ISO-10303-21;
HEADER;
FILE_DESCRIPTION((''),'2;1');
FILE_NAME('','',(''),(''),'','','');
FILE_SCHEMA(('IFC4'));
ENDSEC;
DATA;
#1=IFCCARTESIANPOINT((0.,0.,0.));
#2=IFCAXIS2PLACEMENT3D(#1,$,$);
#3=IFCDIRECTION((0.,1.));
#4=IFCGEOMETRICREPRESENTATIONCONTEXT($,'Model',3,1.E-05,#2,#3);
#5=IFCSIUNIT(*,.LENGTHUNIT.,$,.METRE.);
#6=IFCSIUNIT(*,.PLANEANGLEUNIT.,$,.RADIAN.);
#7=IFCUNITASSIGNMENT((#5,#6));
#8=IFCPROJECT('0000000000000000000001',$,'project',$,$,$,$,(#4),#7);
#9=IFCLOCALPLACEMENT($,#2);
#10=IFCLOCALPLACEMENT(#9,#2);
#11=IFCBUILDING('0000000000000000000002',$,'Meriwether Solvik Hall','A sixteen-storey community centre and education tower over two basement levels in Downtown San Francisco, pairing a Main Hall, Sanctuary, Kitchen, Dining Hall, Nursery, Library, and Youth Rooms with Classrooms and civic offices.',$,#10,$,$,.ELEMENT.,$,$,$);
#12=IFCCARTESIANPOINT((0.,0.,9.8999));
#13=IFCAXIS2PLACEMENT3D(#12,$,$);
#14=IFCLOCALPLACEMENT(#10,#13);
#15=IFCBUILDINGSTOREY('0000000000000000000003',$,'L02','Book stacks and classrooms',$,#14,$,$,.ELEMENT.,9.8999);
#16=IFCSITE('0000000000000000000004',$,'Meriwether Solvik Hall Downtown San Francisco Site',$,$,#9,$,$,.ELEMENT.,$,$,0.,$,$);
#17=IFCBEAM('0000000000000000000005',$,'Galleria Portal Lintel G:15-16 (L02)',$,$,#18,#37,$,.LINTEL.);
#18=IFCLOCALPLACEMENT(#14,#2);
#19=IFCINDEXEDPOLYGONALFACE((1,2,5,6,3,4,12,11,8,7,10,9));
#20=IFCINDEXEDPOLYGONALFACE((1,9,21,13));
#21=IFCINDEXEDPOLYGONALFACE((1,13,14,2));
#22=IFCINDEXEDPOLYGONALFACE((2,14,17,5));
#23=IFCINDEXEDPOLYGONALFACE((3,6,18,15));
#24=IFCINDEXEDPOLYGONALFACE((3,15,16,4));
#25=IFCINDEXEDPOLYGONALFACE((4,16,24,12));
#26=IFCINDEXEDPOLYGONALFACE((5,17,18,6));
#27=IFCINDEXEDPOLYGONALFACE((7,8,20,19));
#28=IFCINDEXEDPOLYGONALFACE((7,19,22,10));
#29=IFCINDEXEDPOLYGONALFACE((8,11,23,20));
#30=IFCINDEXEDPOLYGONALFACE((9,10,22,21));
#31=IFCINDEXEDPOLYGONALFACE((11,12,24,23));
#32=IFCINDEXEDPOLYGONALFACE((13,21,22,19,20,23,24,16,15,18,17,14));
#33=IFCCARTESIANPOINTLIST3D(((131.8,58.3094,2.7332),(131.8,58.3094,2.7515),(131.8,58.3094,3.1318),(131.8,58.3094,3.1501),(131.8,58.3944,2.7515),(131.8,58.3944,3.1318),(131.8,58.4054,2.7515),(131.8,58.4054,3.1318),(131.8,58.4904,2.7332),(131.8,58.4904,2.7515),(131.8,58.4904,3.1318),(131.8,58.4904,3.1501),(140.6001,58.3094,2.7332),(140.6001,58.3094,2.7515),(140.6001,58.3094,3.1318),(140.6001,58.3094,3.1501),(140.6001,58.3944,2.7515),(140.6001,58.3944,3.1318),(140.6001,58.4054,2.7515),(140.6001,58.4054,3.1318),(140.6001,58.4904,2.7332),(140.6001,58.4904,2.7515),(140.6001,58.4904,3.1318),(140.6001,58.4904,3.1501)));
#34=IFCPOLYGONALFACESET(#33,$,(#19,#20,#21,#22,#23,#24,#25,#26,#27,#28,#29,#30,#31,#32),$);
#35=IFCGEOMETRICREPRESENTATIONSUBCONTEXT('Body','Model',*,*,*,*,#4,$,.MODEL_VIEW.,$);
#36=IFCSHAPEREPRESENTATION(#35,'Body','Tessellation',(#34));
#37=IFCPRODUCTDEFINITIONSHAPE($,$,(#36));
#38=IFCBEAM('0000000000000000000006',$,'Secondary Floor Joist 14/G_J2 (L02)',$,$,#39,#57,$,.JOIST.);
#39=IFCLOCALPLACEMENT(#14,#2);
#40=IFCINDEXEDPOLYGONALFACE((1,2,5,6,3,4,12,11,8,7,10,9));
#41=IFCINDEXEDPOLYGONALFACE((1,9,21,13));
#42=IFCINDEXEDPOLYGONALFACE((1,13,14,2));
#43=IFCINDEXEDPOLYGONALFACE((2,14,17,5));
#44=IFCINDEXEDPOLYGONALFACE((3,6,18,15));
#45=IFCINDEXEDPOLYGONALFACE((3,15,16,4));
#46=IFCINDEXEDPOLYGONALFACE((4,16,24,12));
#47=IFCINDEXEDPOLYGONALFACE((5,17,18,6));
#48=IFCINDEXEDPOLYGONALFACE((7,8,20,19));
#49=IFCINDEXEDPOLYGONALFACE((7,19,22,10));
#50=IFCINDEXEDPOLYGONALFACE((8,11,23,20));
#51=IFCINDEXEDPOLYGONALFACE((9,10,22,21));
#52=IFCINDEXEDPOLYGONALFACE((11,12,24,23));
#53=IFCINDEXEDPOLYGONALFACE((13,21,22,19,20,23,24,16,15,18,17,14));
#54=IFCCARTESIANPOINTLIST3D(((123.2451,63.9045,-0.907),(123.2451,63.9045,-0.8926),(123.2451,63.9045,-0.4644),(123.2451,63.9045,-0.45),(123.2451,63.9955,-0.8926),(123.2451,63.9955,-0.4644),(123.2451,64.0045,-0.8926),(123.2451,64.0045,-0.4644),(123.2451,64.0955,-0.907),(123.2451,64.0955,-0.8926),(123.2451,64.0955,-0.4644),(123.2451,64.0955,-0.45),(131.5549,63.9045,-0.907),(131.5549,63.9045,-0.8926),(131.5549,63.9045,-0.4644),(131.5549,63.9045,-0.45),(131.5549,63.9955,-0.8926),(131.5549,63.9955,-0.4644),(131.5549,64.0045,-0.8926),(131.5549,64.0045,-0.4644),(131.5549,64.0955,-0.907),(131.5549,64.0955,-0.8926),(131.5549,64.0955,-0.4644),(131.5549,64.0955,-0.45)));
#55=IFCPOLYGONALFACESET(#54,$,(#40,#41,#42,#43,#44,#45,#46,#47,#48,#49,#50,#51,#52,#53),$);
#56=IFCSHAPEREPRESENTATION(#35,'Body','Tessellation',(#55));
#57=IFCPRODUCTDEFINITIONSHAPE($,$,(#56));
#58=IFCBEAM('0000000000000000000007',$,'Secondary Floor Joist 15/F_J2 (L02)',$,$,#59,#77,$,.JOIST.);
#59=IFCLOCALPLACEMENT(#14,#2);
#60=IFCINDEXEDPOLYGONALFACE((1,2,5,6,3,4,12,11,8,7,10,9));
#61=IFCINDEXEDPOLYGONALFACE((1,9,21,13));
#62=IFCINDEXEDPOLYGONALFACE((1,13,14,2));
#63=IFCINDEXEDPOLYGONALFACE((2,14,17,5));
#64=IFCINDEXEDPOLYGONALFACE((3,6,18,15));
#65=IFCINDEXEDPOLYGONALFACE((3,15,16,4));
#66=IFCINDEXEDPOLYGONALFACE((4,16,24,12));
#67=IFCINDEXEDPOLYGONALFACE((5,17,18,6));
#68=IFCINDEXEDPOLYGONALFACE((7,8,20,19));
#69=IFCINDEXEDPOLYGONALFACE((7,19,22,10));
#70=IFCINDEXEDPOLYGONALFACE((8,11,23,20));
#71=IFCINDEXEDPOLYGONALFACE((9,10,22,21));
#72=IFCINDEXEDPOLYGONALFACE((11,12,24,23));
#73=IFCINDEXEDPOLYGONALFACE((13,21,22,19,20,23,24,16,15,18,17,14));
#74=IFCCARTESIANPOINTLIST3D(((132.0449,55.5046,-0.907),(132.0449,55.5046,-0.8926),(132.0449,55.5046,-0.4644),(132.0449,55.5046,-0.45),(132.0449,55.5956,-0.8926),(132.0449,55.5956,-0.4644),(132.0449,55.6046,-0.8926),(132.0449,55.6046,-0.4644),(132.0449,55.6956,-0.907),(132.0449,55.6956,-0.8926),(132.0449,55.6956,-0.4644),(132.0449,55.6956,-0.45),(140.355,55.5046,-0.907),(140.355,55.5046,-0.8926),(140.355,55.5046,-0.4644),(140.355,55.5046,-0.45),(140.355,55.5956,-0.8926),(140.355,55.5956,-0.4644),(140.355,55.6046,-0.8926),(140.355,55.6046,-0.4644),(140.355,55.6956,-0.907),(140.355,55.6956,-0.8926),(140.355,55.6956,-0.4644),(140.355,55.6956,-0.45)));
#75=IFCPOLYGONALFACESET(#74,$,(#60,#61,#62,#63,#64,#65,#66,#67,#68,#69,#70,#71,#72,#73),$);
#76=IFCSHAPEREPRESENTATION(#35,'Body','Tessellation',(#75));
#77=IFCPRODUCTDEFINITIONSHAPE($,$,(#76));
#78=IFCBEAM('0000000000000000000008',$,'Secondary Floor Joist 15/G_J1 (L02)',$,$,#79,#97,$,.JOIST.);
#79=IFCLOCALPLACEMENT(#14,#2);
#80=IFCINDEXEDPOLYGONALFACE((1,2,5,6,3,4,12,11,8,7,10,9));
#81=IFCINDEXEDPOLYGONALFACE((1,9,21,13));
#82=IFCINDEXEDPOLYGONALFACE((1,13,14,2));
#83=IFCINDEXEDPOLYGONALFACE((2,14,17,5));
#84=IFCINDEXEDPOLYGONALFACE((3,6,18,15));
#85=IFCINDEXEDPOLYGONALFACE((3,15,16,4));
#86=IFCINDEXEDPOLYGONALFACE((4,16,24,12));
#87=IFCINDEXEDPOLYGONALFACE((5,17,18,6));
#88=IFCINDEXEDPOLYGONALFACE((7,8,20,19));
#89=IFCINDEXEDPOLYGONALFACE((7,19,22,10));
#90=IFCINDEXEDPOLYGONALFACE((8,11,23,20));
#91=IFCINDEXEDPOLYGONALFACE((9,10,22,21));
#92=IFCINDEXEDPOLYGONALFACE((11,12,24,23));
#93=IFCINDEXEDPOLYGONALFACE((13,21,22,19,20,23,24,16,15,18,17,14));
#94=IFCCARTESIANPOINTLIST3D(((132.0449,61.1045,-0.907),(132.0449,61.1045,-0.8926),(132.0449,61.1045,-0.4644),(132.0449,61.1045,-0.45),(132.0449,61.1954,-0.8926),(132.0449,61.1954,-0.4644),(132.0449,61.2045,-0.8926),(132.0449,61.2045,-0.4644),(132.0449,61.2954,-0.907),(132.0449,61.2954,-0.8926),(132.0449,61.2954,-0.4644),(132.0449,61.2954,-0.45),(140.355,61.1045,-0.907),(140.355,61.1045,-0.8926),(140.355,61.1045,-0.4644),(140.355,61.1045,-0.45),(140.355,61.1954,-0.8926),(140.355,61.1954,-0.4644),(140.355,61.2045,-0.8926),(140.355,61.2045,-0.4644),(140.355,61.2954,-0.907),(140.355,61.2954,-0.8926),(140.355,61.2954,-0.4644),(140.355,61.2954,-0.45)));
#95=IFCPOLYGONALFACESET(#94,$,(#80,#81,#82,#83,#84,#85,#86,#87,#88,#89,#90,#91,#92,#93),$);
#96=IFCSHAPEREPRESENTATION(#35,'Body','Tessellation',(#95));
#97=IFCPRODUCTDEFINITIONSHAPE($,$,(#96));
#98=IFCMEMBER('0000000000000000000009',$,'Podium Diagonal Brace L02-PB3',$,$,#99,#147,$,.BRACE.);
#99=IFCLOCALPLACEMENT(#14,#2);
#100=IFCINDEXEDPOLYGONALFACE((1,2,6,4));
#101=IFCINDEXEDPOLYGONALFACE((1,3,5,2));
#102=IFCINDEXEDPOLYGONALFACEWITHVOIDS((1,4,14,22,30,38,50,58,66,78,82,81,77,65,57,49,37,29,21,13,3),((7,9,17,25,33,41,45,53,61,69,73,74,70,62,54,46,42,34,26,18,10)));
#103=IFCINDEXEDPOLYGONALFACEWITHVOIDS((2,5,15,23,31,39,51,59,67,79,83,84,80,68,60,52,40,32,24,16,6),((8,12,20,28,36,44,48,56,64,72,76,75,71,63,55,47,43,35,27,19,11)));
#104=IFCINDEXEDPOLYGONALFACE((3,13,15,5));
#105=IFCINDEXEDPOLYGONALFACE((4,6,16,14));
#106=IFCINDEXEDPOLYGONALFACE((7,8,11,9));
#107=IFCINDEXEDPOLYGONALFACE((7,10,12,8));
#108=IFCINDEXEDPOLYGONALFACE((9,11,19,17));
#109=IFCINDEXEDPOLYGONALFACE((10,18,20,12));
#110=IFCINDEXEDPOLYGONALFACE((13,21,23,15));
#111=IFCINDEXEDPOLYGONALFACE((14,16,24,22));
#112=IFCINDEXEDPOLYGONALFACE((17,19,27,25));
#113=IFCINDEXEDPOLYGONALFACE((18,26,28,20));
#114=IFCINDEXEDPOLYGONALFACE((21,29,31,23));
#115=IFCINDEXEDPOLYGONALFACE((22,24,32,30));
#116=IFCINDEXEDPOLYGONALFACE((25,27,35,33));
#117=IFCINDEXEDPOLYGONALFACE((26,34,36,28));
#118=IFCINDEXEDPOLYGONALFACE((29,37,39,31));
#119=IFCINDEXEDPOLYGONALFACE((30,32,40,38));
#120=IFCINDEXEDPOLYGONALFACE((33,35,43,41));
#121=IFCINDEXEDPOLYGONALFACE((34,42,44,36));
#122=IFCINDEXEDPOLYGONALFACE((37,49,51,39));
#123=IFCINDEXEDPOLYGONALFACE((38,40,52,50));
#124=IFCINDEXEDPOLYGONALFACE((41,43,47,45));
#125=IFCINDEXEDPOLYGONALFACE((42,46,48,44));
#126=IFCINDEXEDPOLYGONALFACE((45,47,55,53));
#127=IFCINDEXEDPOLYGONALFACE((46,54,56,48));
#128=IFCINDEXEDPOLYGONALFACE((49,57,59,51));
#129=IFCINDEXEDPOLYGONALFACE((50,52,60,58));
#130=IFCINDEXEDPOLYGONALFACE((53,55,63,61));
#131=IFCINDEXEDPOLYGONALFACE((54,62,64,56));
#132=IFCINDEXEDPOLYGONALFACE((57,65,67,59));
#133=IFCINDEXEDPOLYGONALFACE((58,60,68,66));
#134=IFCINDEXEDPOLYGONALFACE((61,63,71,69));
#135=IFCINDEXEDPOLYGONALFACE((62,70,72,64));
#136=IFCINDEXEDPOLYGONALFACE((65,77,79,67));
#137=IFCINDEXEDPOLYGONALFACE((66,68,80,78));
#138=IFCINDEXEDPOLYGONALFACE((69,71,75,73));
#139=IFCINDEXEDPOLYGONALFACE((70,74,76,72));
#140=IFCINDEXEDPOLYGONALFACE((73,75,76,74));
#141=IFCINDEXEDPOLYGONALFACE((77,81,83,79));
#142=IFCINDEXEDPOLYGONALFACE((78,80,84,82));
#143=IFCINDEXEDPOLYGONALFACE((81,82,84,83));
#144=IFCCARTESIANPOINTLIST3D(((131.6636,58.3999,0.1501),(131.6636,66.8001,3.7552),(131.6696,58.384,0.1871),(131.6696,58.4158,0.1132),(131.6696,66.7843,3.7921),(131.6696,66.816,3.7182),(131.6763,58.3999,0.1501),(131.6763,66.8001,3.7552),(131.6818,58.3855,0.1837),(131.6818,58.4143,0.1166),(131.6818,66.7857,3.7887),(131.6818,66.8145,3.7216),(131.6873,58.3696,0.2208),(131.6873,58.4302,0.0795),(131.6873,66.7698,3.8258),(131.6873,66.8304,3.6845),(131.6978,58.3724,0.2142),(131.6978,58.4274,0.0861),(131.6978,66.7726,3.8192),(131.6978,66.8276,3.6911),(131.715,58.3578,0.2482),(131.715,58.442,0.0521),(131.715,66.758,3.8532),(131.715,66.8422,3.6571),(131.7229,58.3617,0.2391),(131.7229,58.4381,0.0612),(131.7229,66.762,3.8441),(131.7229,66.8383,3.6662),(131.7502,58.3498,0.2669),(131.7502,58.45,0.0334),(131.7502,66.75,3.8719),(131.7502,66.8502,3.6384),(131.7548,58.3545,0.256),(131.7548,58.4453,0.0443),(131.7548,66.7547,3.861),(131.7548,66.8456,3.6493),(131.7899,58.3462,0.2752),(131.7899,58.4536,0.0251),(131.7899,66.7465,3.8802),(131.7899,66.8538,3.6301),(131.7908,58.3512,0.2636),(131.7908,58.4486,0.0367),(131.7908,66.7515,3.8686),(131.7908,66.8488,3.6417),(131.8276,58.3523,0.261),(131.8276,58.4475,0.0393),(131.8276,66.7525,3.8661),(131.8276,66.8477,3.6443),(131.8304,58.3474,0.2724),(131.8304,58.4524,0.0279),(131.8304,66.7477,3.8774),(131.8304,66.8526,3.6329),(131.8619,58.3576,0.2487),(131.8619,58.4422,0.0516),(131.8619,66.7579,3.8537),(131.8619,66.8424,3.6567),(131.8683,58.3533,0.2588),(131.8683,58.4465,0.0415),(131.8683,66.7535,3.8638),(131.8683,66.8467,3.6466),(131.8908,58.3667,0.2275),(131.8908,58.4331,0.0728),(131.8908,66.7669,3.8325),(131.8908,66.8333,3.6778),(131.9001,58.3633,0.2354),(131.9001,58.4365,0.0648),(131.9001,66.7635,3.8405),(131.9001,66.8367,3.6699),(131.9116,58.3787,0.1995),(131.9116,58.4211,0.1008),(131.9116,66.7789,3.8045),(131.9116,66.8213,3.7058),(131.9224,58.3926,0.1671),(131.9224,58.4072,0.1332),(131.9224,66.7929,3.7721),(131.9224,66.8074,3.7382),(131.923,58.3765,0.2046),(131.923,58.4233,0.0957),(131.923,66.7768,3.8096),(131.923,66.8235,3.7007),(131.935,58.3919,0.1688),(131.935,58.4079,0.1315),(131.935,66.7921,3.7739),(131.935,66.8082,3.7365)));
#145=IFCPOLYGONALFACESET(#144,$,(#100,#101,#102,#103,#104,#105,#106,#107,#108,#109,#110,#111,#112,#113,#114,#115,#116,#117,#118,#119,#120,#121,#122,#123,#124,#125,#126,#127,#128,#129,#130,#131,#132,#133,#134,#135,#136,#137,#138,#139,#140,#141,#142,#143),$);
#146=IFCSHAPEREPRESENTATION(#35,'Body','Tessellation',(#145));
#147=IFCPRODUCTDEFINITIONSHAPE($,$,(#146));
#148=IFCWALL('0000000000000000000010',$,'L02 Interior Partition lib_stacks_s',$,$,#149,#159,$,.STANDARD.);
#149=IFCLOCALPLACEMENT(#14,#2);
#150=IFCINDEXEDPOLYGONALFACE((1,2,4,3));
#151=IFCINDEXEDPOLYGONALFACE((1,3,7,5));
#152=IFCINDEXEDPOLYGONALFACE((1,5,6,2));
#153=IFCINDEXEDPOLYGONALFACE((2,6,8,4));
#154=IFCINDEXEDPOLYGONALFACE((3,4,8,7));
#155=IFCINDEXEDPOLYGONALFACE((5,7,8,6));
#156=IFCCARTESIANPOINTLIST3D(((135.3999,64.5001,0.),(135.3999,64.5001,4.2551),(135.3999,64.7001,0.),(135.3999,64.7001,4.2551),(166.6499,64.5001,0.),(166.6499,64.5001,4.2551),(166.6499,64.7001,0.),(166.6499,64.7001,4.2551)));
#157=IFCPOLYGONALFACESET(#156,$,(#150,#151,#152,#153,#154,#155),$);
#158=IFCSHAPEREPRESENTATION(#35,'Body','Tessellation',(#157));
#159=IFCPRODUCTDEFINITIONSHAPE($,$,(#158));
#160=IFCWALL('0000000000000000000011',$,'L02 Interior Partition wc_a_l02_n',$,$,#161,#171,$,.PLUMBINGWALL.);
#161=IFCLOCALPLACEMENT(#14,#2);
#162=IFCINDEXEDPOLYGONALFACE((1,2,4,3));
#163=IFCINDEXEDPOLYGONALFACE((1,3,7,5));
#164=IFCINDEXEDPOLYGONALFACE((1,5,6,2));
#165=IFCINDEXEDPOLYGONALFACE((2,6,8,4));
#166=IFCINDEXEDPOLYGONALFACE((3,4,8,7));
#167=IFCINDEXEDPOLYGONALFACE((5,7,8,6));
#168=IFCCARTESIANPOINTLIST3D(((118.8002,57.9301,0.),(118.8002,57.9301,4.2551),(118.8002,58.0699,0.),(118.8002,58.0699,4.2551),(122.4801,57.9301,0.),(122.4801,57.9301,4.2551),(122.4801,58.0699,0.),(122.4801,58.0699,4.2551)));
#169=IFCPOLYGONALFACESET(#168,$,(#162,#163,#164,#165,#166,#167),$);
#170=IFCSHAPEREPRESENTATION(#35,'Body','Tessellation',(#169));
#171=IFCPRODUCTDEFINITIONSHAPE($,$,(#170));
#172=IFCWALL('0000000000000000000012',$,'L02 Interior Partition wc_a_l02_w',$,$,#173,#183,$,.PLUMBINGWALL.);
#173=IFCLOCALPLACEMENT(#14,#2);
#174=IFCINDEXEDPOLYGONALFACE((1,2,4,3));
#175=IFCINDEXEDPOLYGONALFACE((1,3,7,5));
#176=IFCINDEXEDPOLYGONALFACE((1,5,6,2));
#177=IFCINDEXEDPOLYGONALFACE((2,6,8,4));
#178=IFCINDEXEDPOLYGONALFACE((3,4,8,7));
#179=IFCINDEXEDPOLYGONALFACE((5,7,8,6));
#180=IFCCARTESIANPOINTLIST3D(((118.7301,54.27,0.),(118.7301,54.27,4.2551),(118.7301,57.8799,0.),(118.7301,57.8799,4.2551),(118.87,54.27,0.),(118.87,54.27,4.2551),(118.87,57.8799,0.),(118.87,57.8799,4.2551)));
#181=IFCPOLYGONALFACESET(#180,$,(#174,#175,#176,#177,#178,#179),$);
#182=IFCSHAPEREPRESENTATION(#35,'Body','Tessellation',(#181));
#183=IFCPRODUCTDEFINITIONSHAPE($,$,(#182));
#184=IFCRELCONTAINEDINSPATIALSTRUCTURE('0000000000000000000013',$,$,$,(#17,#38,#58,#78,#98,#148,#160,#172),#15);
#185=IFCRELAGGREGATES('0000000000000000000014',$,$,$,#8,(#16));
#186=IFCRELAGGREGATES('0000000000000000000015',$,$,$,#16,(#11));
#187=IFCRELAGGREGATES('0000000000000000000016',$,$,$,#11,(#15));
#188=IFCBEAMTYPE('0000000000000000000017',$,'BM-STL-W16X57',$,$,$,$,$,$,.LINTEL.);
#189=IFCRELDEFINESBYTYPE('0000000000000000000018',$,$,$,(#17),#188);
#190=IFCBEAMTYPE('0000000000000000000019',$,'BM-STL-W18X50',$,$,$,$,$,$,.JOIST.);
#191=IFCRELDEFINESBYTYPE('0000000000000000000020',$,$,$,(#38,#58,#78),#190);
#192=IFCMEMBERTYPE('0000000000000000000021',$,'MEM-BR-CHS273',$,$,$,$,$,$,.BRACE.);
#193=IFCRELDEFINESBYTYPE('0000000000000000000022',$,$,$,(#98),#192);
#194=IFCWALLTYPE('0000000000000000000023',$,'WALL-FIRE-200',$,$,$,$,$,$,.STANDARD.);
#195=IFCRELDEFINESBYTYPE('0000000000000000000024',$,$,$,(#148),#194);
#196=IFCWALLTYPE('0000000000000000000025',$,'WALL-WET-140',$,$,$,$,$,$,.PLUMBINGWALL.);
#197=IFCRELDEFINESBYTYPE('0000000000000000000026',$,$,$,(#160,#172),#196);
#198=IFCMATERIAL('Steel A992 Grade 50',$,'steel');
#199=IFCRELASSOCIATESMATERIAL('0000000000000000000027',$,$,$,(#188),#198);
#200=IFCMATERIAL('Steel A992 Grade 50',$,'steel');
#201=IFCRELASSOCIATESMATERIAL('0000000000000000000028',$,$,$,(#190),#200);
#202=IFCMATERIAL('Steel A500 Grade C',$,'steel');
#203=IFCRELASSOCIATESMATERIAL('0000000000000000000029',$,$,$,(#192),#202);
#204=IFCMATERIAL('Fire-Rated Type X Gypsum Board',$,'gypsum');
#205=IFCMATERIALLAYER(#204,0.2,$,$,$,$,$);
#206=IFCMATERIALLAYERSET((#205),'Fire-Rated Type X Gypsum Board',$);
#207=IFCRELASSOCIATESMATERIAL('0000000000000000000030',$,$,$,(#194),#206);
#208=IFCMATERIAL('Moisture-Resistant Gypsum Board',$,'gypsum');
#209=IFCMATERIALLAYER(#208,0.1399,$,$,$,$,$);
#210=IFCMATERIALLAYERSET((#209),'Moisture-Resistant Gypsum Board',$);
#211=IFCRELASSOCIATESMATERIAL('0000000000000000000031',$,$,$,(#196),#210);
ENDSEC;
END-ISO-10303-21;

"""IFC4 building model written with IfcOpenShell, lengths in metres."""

from ifc_helpers import new_model, si_unit, direction, frame, frame_2d, origin, origin_2d, place, context, subcontext, project, spatial, rectangle, hollow_circle, i_section, extrude, material, layer, layer_set, material_profile, profile_set, type_object, element, save


model = new_model("IFC4")

# Units and contexts
model_context = context("Model", 3, precision=1e-05, world=origin(), true_north=direction((0.0, 1.0)))
body_context = subcontext(model_context, "Body", "Model", "MODEL_VIEW")
ifc_project = project(units=[si_unit("LENGTHUNIT", "METRE"), si_unit("PLANEANGLEUNIT", "RADIAN")], contexts=[model_context])

# Site, building, storey
site_placement = place(None, origin())
site = spatial("IfcSite", under=ifc_project, at=site_placement, Name="Meriwether Solvik Hall Downtown San Francisco Site", CompositionType="ELEMENT", RefElevation=0.0)
building_placement = place(site_placement, origin())
building = spatial("IfcBuilding", under=site, at=building_placement, Name="Meriwether Solvik Hall", Description="A sixteen-storey community centre and education tower over two basement levels in Downtown San Francisco, pairing a Main Hall, Sanctuary, Kitchen, Dining Hall, Nursery, Library, and Youth Rooms with Classrooms and civic offices.", CompositionType="ELEMENT")
storey_placement = place(building_placement, frame((0.0, 0.0, 9.8999)))
storey = spatial("IfcBuildingStorey", under=building, at=storey_placement, Name="L02", Description="Book stacks and classrooms", CompositionType="ELEMENT", Elevation=9.8999)

# Beams
ifc_material_1 = material(Name="Steel A992 Grade 50", Category="steel")
ifc_material_profile_1 = material_profile(ifc_material_1, i_section(OverallWidth=0.1809, OverallDepth=0.417, WebThickness=0.011, FlangeThickness=0.0183, at=origin_2d()), Name="W16X57")
ifc_profile_set_1 = profile_set([ifc_material_profile_1], Name="Steel A992 Grade 50")
beam_type_1 = type_object("IfcBeamType", Name="BM-STL-W16X57", PredefinedType="LINTEL", material=ifc_profile_set_1)
beam_1_placement = place(storey_placement, frame((131.8, 58.3999, 2.9417), z_axis=(1.0, 0.0, 0.0), x_axis=(0.0, 1.0, 0.0)))
element("IfcBeam", 1, at=beam_1_placement, inside=storey, type_object=beam_type_1, Name="Galleria Portal Lintel G:15-16 (L02)", PredefinedType="LINTEL", context=body_context, shape_type="SweptSolid", body=[
    extrude(i_section(OverallWidth=0.1809, OverallDepth=0.417, WebThickness=0.011, FlangeThickness=0.0183, at=origin_2d()), origin(), (0.0, 0.0, 1.0), 8.8),
])
ifc_material_2 = material(Name="Steel A992 Grade 50", Category="steel")
ifc_material_profile_2 = material_profile(ifc_material_2, i_section(OverallWidth=0.1909, OverallDepth=0.457, WebThickness=0.009, FlangeThickness=0.0144, at=origin_2d()), Name="W18X50")
ifc_profile_set_2 = profile_set([ifc_material_profile_2], Name="Steel A992 Grade 50")
beam_type_2 = type_object("IfcBeamType", Name="BM-STL-W18X50", PredefinedType="JOIST", material=ifc_profile_set_2)
beam_2_placement = place(storey_placement, frame((123.2451, 64.0, -0.6785), z_axis=(1.0, 0.0, 0.0), x_axis=(0.0, 1.0, 0.0)))
element("IfcBeam", 2, at=beam_2_placement, inside=storey, type_object=beam_type_2, Name="Secondary Floor Joist 14/G_J2 (L02)", PredefinedType="JOIST", context=body_context, shape_type="SweptSolid", body=[
    extrude(i_section(OverallWidth=0.1909, OverallDepth=0.457, WebThickness=0.009, FlangeThickness=0.0144, at=origin_2d()), origin(), (0.0, 0.0, 1.0), 8.3098),
])
for number, where, z_axis, x_axis, name in (
    (3, (132.0449, 55.6001, -0.6785), (1.0, 0.0, 0.0), (0.0, 1.0, 0.0), "Secondary Floor Joist 15/F_J2 (L02)"),
    (4, (132.0449, 61.2, -0.6785), (1.0, 0.0, 0.0), (0.0, 1.0, 0.0), "Secondary Floor Joist 15/G_J1 (L02)"),
):
    element("IfcBeam", number, at=place(storey_placement, frame(where, z_axis=z_axis, x_axis=x_axis)), inside=storey, type_object=beam_type_2, Name=name, PredefinedType="JOIST", context=body_context, shape_type="SweptSolid", body=[
        extrude(i_section(OverallWidth=0.1909, OverallDepth=0.457, WebThickness=0.009, FlangeThickness=0.0144, at=origin_2d()), origin(), (0.0, 0.0, 1.0), 8.3101),
    ])

# Member
ifc_material_3 = material(Name="Steel A500 Grade C", Category="steel")
ifc_material_profile_3 = material_profile(ifc_material_3, hollow_circle(Radius=0.1365, WallThickness=0.0127, at=origin_2d()), Name="CHS273X12.7")
ifc_profile_set_3 = profile_set([ifc_material_profile_3], Name="Steel A500 Grade C")
member_type = type_object("IfcMemberType", Name="MEM-BR-CHS273", PredefinedType="BRACE", material=ifc_profile_set_3)
member_placement = place(storey_placement, frame((131.8, 58.3999, 0.1501), z_axis=(0.0, 0.91895, 0.394374), x_axis=(-1.0, 0.0, 0.0)))
element("IfcMember", 5, at=member_placement, inside=storey, type_object=member_type, Name="Podium Diagonal Brace L02-PB3", PredefinedType="BRACE", context=body_context, shape_type="SweptSolid", body=[
    extrude(hollow_circle(Radius=0.1365, WallThickness=0.0127, at=origin_2d()), origin(), (0.0, 0.0, 1.0), 9.1411),
])

# Walls
ifc_material_4 = material(Name="Fire-Rated Type X Gypsum Board", Category="gypsum")
ifc_layer_1 = layer(ifc_material_4, 0.2)
ifc_layer_set_1 = layer_set([ifc_layer_1], Name="Fire-Rated Type X Gypsum Board")
wall_type_1 = type_object("IfcWallType", Name="WALL-FIRE-200", PredefinedType="STANDARD", material=ifc_layer_set_1)
wall_1_placement = place(storey_placement, frame((135.3999, 64.6001, 0.0), z_axis=(0.0, 0.0, 1.0), x_axis=(1.0, 0.0, 0.0)))
element("IfcWall", 6, at=wall_1_placement, inside=storey, type_object=wall_type_1, Name="L02 Interior Partition lib_stacks_s", PredefinedType="STANDARD", context=body_context, shape_type="SweptSolid", body=[
    extrude(rectangle(XDim=31.25, YDim=0.2, at=frame_2d((15.625, 0.0))), origin(), (0.0, 0.0, 1.0), 4.2551),
])
ifc_material_5 = material(Name="Moisture-Resistant Gypsum Board", Category="gypsum")
ifc_layer_2 = layer(ifc_material_5, 0.1399)
ifc_layer_set_2 = layer_set([ifc_layer_2], Name="Moisture-Resistant Gypsum Board")
wall_type_2 = type_object("IfcWallType", Name="WALL-WET-140", PredefinedType="PLUMBINGWALL", material=ifc_layer_set_2)
wall_2_placement = place(storey_placement, frame((122.48, 58.0, 0.0), z_axis=(0.0, 0.0, 1.0), x_axis=(-1.0, 0.0, 0.0)))
element("IfcWall", 7, at=wall_2_placement, inside=storey, type_object=wall_type_2, Name="L02 Interior Partition wc_a_l02_n", PredefinedType="PLUMBINGWALL", context=body_context, shape_type="SweptSolid", body=[
    extrude(rectangle(XDim=3.6799, YDim=0.1399, at=frame_2d((1.8398, 0.0))), origin(), (0.0, 0.0, 1.0), 4.2551),
])
wall_3_placement = place(storey_placement, frame((118.8, 57.8799, 0.0), z_axis=(0.0, 0.0, 1.0), x_axis=(0.0, -1.0, 0.0)))
element("IfcWall", 8, at=wall_3_placement, inside=storey, type_object=wall_type_2, Name="L02 Interior Partition wc_a_l02_w", PredefinedType="PLUMBINGWALL", context=body_context, shape_type="SweptSolid", body=[
    extrude(rectangle(XDim=3.6099, YDim=0.1399, at=frame_2d((1.8049, 0.0))), origin(), (0.0, 0.0, 1.0), 4.2551),
])

save(model, "model.ifc")
